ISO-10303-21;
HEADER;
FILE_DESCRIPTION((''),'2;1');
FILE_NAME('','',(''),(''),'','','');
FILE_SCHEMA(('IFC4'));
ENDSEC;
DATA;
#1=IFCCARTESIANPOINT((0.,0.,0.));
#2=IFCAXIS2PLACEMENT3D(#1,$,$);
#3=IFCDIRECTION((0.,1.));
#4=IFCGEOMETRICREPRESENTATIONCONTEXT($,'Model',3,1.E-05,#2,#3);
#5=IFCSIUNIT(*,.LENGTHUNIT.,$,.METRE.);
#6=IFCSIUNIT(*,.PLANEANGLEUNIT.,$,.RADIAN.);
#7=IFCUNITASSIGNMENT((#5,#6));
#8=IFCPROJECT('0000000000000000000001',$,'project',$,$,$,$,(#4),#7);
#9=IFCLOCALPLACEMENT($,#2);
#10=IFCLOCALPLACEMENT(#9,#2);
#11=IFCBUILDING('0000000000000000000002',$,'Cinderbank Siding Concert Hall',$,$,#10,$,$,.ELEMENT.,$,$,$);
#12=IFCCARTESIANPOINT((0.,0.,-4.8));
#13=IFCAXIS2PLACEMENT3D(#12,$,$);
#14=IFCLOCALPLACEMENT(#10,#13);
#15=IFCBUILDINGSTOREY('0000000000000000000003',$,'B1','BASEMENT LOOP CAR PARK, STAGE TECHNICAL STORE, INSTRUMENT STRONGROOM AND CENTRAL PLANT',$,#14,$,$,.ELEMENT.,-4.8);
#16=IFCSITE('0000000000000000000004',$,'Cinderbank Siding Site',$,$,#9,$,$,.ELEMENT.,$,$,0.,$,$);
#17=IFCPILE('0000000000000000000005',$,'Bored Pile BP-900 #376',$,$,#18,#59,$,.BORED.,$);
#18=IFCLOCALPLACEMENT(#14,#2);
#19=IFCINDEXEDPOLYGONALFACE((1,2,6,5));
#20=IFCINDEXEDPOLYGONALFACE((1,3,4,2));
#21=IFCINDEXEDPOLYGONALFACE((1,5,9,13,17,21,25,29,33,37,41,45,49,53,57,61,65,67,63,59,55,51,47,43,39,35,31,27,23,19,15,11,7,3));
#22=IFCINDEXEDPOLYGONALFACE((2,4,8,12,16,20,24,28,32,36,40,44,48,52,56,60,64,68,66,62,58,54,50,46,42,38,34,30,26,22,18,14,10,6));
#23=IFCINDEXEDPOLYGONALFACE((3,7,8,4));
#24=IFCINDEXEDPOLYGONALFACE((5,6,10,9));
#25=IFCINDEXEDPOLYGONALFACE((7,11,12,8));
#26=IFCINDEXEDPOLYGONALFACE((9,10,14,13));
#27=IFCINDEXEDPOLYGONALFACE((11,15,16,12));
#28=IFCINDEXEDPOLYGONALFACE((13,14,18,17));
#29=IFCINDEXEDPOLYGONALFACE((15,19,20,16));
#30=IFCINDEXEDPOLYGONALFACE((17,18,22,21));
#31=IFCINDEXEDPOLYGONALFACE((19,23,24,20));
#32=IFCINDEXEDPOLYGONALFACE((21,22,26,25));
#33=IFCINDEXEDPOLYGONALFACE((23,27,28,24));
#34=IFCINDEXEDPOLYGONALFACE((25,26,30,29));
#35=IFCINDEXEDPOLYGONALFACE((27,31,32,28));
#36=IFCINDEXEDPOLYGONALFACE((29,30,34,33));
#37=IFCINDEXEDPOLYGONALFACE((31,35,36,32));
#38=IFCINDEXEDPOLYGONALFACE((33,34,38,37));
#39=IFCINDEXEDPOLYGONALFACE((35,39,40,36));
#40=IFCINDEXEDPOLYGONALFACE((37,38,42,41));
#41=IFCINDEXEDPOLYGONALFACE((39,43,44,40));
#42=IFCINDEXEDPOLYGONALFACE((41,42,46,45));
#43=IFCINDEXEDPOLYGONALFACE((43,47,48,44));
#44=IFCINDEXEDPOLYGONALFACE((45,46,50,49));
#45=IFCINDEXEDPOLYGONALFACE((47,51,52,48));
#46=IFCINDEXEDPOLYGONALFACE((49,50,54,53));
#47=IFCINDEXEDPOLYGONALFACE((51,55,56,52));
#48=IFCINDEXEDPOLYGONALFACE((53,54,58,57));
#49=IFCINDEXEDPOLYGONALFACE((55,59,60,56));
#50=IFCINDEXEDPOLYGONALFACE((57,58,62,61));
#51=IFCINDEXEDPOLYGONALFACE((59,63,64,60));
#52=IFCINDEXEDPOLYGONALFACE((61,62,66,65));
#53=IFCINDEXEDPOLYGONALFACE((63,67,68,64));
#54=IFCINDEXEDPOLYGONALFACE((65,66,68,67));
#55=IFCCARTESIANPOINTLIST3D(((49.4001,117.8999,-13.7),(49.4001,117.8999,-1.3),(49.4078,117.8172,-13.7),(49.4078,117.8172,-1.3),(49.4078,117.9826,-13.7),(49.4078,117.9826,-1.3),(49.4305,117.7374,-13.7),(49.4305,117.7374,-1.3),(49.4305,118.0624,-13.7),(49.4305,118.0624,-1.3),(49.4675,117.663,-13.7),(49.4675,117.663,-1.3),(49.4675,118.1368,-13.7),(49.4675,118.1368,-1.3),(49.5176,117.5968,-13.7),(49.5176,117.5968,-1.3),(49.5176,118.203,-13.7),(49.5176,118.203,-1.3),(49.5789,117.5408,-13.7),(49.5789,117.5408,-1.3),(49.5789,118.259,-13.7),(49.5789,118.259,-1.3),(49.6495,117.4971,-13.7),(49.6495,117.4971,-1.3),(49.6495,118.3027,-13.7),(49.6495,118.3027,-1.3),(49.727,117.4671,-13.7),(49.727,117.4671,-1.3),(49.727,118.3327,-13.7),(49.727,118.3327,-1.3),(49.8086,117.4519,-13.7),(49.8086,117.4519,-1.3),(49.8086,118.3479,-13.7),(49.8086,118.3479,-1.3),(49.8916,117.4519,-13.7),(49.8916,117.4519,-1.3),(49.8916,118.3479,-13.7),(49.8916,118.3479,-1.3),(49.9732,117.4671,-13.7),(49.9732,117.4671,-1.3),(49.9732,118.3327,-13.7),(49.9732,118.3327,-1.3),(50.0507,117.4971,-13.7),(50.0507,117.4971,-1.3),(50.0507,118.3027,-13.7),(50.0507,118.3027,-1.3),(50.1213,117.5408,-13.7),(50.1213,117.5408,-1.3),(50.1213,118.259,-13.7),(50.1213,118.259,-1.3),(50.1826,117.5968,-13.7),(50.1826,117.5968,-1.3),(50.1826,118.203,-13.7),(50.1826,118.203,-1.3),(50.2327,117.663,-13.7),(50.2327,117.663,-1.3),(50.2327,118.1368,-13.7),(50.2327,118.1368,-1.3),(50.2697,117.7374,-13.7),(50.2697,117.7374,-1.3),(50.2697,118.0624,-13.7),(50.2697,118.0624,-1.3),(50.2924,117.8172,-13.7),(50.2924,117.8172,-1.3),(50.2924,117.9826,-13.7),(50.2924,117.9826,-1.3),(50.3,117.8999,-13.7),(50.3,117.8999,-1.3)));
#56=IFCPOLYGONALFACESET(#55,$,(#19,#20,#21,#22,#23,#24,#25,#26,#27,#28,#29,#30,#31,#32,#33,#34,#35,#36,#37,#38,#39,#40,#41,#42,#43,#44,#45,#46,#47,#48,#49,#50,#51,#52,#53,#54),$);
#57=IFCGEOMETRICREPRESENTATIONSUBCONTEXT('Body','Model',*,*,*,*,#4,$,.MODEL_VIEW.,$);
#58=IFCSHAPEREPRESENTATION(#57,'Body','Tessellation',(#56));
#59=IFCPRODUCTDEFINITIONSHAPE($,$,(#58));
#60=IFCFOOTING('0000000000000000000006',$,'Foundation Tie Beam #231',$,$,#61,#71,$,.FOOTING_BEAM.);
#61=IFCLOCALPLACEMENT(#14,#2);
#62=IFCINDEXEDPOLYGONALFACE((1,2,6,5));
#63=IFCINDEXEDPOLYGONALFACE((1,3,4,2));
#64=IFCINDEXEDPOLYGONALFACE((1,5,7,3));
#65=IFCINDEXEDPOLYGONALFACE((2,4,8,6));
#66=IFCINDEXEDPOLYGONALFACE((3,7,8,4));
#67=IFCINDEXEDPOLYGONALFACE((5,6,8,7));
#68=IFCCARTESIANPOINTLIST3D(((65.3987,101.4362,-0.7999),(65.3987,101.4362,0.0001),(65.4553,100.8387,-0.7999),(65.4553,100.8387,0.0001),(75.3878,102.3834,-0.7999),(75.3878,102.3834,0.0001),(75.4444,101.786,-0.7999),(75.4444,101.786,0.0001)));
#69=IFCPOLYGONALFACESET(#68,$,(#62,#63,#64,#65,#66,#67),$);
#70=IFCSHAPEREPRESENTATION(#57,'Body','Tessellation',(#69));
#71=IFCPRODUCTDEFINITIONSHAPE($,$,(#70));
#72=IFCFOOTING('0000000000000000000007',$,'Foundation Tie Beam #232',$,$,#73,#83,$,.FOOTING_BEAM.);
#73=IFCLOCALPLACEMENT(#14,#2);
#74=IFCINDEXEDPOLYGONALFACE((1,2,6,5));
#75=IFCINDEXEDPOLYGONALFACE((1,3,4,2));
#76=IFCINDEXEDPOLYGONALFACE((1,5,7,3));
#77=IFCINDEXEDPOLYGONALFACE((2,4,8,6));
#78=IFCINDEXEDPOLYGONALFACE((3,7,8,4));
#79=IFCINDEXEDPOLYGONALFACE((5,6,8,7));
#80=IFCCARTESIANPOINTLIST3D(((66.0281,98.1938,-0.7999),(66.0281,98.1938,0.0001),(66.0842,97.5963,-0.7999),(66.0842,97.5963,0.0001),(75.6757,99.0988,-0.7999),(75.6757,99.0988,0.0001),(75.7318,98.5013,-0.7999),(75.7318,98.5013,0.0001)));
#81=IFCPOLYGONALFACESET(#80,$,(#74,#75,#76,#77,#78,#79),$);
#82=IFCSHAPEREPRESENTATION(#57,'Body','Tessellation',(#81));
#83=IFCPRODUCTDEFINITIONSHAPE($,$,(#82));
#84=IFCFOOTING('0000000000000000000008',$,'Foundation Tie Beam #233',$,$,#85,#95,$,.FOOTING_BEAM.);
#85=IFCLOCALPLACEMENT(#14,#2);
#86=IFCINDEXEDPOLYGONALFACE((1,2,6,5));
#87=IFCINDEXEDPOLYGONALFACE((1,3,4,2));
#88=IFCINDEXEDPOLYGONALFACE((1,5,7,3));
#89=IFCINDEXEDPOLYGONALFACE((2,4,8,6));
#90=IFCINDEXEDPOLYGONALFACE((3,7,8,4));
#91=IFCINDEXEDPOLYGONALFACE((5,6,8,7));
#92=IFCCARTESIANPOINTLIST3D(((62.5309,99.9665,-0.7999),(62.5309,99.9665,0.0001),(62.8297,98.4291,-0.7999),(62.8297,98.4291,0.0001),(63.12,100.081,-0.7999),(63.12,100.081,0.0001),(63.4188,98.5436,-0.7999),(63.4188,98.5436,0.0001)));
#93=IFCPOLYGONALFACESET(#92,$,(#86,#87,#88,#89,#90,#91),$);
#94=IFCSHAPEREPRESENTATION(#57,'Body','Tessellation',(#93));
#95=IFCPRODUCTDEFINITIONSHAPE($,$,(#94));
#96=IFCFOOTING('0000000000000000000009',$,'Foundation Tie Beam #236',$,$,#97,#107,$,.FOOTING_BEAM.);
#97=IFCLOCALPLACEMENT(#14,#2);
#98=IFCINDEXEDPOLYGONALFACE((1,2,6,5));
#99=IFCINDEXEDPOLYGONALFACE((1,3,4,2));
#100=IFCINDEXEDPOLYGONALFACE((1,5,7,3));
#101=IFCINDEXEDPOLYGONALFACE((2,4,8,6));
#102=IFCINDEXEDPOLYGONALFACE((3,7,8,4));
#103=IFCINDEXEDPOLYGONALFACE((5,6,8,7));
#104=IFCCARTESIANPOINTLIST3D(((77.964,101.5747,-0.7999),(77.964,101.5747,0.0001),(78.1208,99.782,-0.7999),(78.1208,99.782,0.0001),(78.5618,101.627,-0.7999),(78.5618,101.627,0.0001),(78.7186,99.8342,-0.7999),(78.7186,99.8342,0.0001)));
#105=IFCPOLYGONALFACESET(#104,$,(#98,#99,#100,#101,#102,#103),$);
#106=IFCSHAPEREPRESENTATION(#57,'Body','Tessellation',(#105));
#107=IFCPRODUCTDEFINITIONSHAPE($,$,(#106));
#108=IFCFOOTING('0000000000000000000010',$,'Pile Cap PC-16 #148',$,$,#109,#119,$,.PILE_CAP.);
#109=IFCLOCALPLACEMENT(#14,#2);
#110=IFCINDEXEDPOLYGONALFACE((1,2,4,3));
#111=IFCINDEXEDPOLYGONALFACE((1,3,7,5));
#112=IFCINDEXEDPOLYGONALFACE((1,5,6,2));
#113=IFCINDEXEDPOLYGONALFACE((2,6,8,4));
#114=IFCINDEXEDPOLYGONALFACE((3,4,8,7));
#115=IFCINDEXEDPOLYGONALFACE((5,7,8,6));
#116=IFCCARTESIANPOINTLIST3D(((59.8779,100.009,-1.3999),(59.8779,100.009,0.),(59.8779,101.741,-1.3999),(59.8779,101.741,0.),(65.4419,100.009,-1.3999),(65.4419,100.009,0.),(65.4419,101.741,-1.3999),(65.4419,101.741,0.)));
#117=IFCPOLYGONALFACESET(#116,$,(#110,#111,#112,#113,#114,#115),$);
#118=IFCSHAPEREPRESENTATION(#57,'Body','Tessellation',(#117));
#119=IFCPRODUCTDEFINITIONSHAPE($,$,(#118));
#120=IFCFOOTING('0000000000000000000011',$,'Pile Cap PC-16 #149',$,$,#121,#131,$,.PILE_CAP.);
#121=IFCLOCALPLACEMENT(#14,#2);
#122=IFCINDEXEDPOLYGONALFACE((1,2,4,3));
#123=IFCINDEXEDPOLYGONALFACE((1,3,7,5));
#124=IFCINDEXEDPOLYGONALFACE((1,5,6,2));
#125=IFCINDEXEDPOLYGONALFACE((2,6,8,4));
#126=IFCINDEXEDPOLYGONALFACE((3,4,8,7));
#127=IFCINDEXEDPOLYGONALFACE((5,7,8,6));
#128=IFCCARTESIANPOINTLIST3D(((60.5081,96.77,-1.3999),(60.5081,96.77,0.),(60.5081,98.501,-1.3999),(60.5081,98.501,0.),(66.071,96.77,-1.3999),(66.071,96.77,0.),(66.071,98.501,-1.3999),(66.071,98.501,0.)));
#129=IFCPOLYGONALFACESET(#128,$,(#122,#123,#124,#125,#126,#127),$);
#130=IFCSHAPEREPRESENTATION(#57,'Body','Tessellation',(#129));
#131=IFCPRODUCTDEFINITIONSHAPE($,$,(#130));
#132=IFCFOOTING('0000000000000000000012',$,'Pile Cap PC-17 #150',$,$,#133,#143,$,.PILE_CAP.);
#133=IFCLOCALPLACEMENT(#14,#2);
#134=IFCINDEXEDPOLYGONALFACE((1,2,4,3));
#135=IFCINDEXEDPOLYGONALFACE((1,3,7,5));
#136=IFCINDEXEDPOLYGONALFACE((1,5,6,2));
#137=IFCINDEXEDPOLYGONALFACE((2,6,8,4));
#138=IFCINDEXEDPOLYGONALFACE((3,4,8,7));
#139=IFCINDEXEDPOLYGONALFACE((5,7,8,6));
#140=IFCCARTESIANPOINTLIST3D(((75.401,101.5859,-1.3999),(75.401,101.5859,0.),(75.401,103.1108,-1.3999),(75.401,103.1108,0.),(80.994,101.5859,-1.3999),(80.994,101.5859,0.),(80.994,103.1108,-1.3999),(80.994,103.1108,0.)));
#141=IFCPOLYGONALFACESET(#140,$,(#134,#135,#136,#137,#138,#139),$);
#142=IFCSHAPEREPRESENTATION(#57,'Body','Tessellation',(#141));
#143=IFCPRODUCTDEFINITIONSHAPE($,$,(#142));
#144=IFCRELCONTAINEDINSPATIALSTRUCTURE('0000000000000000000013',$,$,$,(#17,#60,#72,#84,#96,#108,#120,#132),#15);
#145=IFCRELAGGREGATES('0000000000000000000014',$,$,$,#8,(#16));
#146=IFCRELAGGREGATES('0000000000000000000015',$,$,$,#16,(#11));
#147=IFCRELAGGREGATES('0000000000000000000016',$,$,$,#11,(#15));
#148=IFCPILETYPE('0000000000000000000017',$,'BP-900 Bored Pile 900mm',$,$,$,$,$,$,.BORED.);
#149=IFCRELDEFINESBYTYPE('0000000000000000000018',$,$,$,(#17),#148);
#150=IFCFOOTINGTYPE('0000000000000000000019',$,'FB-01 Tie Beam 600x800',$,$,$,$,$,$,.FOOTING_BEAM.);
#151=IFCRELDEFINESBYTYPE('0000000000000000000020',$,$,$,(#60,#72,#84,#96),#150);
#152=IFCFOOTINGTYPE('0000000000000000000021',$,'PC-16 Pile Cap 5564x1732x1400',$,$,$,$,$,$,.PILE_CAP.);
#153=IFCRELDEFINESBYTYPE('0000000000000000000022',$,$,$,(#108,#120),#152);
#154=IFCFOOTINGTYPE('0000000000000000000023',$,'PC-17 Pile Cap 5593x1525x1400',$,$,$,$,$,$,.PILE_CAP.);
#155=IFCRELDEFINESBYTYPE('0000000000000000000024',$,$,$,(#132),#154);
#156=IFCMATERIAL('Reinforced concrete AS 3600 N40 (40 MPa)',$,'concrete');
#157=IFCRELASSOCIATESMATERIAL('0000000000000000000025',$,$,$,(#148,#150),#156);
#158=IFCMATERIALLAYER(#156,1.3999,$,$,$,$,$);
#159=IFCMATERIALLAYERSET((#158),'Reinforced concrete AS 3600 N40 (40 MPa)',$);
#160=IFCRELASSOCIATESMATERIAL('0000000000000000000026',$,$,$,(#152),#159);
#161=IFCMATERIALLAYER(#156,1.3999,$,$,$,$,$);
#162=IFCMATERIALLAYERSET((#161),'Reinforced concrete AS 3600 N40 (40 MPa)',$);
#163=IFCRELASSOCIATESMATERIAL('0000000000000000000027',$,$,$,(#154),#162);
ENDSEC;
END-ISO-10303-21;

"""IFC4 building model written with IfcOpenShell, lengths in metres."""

from ifc_helpers import new_model, si_unit, direction, frame, origin, origin_2d, place, context, subcontext, project, spatial, rectangle, circle, extrude, material, layer, layer_set, material_profile, profile_set, type_object, element, save


model = new_model("IFC4")

# Units and contexts
model_context = context("Model", 3, precision=1e-05, world=origin(), true_north=direction((0.0, 1.0)))
body_context = subcontext(model_context, "Body", "Model", "MODEL_VIEW")
ifc_project = project(units=[si_unit("LENGTHUNIT", "METRE"), si_unit("PLANEANGLEUNIT", "RADIAN")], contexts=[model_context])

# Site, building, storey
site_placement = place(None, origin())
site = spatial("IfcSite", under=ifc_project, at=site_placement, Name="Cinderbank Siding Site", CompositionType="ELEMENT", RefElevation=0.0)
building_placement = place(site_placement, origin())
building = spatial("IfcBuilding", under=site, at=building_placement, Name="Cinderbank Siding Concert Hall", CompositionType="ELEMENT")
storey_placement = place(building_placement, frame((0.0, 0.0, -4.8)))
storey = spatial("IfcBuildingStorey", under=building, at=storey_placement, Name="B1", Description="BASEMENT LOOP CAR PARK, STAGE TECHNICAL STORE, INSTRUMENT STRONGROOM AND CENTRAL PLANT", CompositionType="ELEMENT", Elevation=-4.8)

# Pile
ifc_material_1 = material(Name="Reinforced concrete AS 3600 N40 (40 MPa)", Category="concrete")
ifc_material_profile_1 = material_profile(ifc_material_1, circle(Radius=0.45, at=origin_2d()), Name="PILE-900DIA", Category="LoadBearing")
ifc_profile_set_1 = profile_set([ifc_material_profile_1], Name="Reinforced concrete AS 3600 N40 (40 MPa)")
pile_type_1 = type_object("IfcPileType", Name="BP-900 Bored Pile 900mm", PredefinedType="BORED", material=ifc_profile_set_1)
pile_placement = place(storey_placement, frame((49.8501, 117.8999, -1.3), z_axis=(0.0, 0.0, -1.0), x_axis=(1.0, 0.0, 0.0)))
element("IfcPile", 1, at=pile_placement, inside=storey, type_object=pile_type_1, Name="Bored Pile BP-900 #376", PredefinedType="BORED", context=body_context, shape_type="SweptSolid", body=[
    extrude(circle(Radius=0.45, at=origin_2d()), origin(), (0.0, 0.0, 1.0), 12.3999),
])

# Footings
ifc_material_profile_2 = material_profile(ifc_material_1, rectangle(XDim=0.6001, YDim=0.8, at=origin_2d()), Name="RC-FB-600x800", Category="LoadBearing")
ifc_profile_set_2 = profile_set([ifc_material_profile_2], Name="Reinforced concrete AS 3600 N40 (40 MPa)")
footing_type_1 = type_object("IfcFootingType", Name="FB-01 Tie Beam 600x800", PredefinedType="FOOTING_BEAM", material=ifc_profile_set_2)
footing_1_placement = place(storey_placement, frame((65.427, 101.1375, -0.3999), z_axis=(0.995534, 0.094407, 0.0), x_axis=(-0.094407, 0.995534, 0.0)))
element("IfcFooting", 2, at=footing_1_placement, inside=storey, type_object=footing_type_1, Name="Foundation Tie Beam #231", PredefinedType="FOOTING_BEAM", context=body_context, shape_type="SweptSolid", body=[
    extrude(rectangle(XDim=0.6001, YDim=0.8, at=origin_2d()), origin(), (0.0, 0.0, 1.0), 10.0339),
])
footing_2_placement = place(storey_placement, frame((66.0562, 97.895, -0.3999), z_axis=(0.995629, 0.093398, 0.0), x_axis=(-0.093398, 0.995629, 0.0)))
element("IfcFooting", 3, at=footing_2_placement, inside=storey, type_object=footing_type_1, Name="Foundation Tie Beam #232", PredefinedType="FOOTING_BEAM", context=body_context, shape_type="SweptSolid", body=[
    extrude(rectangle(XDim=0.6001, YDim=0.8, at=origin_2d()), origin(), (0.0, 0.0, 1.0), 9.6899),
])
footing_3_placement = place(storey_placement, frame((63.1243, 98.4863, -0.3999), z_axis=(-0.190807, 0.981628, 0.0), x_axis=(-0.981628, -0.190807, 0.0)))
element("IfcFooting", 4, at=footing_3_placement, inside=storey, type_object=footing_type_1, Name="Foundation Tie Beam #233", PredefinedType="FOOTING_BEAM", context=body_context, shape_type="SweptSolid", body=[
    extrude(rectangle(XDim=0.6001, YDim=0.8, at=origin_2d()), origin(), (0.0, 0.0, 1.0), 1.5662),
])
footing_4_placement = place(storey_placement, frame((78.4197, 99.8081, -0.3999), z_axis=(-0.087098, 0.9962, 0.0), x_axis=(-0.9962, -0.087098, 0.0)))
element("IfcFooting", 5, at=footing_4_placement, inside=storey, type_object=footing_type_1, Name="Foundation Tie Beam #236", PredefinedType="FOOTING_BEAM", context=body_context, shape_type="SweptSolid", body=[
    extrude(rectangle(XDim=0.6001, YDim=0.8, at=origin_2d()), origin(), (0.0, 0.0, 1.0), 1.7996),
])
ifc_layer_1 = layer(ifc_material_1, 1.3999)
ifc_layer_set_1 = layer_set([ifc_layer_1], Name="Reinforced concrete AS 3600 N40 (40 MPa)")
footing_type_2 = type_object("IfcFootingType", Name="PC-16 Pile Cap 5564x1732x1400", PredefinedType="PILE_CAP", material=ifc_layer_set_1)
footing_5_placement = place(storey_placement, frame((62.6599, 100.875, -1.3999), z_axis=(0.0, 0.0, 1.0), x_axis=(1.0, 0.0, 0.0)))
element("IfcFooting", 6, at=footing_5_placement, inside=storey, type_object=footing_type_2, Name="Pile Cap PC-16 #148", PredefinedType="PILE_CAP", context=body_context, shape_type="SweptSolid", body=[
    extrude(rectangle(XDim=5.564, YDim=1.7319, at=origin_2d()), origin(), (0.0, 0.0, 1.0), 1.3999),
])
footing_6_placement = place(storey_placement, frame((63.2896, 97.6355, -1.3999), z_axis=(0.0, 0.0, 1.0), x_axis=(1.0, 0.0, 0.0)))
element("IfcFooting", 7, at=footing_6_placement, inside=storey, type_object=footing_type_2, Name="Pile Cap PC-16 #149", PredefinedType="PILE_CAP", context=body_context, shape_type="SweptSolid", body=[
    extrude(rectangle(XDim=5.563, YDim=1.731, at=origin_2d()), origin(), (0.0, 0.0, 1.0), 1.3999),
])
ifc_layer_2 = layer(ifc_material_1, 1.3999)
ifc_layer_set_2 = layer_set([ifc_layer_2], Name="Reinforced concrete AS 3600 N40 (40 MPa)")
footing_type_3 = type_object("IfcFootingType", Name="PC-17 Pile Cap 5593x1525x1400", PredefinedType="PILE_CAP", material=ifc_layer_set_2)
footing_7_placement = place(storey_placement, frame((78.1975, 102.3484, -1.3999), z_axis=(0.0, 0.0, 1.0), x_axis=(1.0, 0.0, 0.0)))
element("IfcFooting", 8, at=footing_7_placement, inside=storey, type_object=footing_type_3, Name="Pile Cap PC-17 #150", PredefinedType="PILE_CAP", context=body_context, shape_type="SweptSolid", body=[
    extrude(rectangle(XDim=5.593, YDim=1.5249, at=origin_2d()), origin(), (0.0, 0.0, 1.0), 1.3999),
])

save(model, "model.ifc")
